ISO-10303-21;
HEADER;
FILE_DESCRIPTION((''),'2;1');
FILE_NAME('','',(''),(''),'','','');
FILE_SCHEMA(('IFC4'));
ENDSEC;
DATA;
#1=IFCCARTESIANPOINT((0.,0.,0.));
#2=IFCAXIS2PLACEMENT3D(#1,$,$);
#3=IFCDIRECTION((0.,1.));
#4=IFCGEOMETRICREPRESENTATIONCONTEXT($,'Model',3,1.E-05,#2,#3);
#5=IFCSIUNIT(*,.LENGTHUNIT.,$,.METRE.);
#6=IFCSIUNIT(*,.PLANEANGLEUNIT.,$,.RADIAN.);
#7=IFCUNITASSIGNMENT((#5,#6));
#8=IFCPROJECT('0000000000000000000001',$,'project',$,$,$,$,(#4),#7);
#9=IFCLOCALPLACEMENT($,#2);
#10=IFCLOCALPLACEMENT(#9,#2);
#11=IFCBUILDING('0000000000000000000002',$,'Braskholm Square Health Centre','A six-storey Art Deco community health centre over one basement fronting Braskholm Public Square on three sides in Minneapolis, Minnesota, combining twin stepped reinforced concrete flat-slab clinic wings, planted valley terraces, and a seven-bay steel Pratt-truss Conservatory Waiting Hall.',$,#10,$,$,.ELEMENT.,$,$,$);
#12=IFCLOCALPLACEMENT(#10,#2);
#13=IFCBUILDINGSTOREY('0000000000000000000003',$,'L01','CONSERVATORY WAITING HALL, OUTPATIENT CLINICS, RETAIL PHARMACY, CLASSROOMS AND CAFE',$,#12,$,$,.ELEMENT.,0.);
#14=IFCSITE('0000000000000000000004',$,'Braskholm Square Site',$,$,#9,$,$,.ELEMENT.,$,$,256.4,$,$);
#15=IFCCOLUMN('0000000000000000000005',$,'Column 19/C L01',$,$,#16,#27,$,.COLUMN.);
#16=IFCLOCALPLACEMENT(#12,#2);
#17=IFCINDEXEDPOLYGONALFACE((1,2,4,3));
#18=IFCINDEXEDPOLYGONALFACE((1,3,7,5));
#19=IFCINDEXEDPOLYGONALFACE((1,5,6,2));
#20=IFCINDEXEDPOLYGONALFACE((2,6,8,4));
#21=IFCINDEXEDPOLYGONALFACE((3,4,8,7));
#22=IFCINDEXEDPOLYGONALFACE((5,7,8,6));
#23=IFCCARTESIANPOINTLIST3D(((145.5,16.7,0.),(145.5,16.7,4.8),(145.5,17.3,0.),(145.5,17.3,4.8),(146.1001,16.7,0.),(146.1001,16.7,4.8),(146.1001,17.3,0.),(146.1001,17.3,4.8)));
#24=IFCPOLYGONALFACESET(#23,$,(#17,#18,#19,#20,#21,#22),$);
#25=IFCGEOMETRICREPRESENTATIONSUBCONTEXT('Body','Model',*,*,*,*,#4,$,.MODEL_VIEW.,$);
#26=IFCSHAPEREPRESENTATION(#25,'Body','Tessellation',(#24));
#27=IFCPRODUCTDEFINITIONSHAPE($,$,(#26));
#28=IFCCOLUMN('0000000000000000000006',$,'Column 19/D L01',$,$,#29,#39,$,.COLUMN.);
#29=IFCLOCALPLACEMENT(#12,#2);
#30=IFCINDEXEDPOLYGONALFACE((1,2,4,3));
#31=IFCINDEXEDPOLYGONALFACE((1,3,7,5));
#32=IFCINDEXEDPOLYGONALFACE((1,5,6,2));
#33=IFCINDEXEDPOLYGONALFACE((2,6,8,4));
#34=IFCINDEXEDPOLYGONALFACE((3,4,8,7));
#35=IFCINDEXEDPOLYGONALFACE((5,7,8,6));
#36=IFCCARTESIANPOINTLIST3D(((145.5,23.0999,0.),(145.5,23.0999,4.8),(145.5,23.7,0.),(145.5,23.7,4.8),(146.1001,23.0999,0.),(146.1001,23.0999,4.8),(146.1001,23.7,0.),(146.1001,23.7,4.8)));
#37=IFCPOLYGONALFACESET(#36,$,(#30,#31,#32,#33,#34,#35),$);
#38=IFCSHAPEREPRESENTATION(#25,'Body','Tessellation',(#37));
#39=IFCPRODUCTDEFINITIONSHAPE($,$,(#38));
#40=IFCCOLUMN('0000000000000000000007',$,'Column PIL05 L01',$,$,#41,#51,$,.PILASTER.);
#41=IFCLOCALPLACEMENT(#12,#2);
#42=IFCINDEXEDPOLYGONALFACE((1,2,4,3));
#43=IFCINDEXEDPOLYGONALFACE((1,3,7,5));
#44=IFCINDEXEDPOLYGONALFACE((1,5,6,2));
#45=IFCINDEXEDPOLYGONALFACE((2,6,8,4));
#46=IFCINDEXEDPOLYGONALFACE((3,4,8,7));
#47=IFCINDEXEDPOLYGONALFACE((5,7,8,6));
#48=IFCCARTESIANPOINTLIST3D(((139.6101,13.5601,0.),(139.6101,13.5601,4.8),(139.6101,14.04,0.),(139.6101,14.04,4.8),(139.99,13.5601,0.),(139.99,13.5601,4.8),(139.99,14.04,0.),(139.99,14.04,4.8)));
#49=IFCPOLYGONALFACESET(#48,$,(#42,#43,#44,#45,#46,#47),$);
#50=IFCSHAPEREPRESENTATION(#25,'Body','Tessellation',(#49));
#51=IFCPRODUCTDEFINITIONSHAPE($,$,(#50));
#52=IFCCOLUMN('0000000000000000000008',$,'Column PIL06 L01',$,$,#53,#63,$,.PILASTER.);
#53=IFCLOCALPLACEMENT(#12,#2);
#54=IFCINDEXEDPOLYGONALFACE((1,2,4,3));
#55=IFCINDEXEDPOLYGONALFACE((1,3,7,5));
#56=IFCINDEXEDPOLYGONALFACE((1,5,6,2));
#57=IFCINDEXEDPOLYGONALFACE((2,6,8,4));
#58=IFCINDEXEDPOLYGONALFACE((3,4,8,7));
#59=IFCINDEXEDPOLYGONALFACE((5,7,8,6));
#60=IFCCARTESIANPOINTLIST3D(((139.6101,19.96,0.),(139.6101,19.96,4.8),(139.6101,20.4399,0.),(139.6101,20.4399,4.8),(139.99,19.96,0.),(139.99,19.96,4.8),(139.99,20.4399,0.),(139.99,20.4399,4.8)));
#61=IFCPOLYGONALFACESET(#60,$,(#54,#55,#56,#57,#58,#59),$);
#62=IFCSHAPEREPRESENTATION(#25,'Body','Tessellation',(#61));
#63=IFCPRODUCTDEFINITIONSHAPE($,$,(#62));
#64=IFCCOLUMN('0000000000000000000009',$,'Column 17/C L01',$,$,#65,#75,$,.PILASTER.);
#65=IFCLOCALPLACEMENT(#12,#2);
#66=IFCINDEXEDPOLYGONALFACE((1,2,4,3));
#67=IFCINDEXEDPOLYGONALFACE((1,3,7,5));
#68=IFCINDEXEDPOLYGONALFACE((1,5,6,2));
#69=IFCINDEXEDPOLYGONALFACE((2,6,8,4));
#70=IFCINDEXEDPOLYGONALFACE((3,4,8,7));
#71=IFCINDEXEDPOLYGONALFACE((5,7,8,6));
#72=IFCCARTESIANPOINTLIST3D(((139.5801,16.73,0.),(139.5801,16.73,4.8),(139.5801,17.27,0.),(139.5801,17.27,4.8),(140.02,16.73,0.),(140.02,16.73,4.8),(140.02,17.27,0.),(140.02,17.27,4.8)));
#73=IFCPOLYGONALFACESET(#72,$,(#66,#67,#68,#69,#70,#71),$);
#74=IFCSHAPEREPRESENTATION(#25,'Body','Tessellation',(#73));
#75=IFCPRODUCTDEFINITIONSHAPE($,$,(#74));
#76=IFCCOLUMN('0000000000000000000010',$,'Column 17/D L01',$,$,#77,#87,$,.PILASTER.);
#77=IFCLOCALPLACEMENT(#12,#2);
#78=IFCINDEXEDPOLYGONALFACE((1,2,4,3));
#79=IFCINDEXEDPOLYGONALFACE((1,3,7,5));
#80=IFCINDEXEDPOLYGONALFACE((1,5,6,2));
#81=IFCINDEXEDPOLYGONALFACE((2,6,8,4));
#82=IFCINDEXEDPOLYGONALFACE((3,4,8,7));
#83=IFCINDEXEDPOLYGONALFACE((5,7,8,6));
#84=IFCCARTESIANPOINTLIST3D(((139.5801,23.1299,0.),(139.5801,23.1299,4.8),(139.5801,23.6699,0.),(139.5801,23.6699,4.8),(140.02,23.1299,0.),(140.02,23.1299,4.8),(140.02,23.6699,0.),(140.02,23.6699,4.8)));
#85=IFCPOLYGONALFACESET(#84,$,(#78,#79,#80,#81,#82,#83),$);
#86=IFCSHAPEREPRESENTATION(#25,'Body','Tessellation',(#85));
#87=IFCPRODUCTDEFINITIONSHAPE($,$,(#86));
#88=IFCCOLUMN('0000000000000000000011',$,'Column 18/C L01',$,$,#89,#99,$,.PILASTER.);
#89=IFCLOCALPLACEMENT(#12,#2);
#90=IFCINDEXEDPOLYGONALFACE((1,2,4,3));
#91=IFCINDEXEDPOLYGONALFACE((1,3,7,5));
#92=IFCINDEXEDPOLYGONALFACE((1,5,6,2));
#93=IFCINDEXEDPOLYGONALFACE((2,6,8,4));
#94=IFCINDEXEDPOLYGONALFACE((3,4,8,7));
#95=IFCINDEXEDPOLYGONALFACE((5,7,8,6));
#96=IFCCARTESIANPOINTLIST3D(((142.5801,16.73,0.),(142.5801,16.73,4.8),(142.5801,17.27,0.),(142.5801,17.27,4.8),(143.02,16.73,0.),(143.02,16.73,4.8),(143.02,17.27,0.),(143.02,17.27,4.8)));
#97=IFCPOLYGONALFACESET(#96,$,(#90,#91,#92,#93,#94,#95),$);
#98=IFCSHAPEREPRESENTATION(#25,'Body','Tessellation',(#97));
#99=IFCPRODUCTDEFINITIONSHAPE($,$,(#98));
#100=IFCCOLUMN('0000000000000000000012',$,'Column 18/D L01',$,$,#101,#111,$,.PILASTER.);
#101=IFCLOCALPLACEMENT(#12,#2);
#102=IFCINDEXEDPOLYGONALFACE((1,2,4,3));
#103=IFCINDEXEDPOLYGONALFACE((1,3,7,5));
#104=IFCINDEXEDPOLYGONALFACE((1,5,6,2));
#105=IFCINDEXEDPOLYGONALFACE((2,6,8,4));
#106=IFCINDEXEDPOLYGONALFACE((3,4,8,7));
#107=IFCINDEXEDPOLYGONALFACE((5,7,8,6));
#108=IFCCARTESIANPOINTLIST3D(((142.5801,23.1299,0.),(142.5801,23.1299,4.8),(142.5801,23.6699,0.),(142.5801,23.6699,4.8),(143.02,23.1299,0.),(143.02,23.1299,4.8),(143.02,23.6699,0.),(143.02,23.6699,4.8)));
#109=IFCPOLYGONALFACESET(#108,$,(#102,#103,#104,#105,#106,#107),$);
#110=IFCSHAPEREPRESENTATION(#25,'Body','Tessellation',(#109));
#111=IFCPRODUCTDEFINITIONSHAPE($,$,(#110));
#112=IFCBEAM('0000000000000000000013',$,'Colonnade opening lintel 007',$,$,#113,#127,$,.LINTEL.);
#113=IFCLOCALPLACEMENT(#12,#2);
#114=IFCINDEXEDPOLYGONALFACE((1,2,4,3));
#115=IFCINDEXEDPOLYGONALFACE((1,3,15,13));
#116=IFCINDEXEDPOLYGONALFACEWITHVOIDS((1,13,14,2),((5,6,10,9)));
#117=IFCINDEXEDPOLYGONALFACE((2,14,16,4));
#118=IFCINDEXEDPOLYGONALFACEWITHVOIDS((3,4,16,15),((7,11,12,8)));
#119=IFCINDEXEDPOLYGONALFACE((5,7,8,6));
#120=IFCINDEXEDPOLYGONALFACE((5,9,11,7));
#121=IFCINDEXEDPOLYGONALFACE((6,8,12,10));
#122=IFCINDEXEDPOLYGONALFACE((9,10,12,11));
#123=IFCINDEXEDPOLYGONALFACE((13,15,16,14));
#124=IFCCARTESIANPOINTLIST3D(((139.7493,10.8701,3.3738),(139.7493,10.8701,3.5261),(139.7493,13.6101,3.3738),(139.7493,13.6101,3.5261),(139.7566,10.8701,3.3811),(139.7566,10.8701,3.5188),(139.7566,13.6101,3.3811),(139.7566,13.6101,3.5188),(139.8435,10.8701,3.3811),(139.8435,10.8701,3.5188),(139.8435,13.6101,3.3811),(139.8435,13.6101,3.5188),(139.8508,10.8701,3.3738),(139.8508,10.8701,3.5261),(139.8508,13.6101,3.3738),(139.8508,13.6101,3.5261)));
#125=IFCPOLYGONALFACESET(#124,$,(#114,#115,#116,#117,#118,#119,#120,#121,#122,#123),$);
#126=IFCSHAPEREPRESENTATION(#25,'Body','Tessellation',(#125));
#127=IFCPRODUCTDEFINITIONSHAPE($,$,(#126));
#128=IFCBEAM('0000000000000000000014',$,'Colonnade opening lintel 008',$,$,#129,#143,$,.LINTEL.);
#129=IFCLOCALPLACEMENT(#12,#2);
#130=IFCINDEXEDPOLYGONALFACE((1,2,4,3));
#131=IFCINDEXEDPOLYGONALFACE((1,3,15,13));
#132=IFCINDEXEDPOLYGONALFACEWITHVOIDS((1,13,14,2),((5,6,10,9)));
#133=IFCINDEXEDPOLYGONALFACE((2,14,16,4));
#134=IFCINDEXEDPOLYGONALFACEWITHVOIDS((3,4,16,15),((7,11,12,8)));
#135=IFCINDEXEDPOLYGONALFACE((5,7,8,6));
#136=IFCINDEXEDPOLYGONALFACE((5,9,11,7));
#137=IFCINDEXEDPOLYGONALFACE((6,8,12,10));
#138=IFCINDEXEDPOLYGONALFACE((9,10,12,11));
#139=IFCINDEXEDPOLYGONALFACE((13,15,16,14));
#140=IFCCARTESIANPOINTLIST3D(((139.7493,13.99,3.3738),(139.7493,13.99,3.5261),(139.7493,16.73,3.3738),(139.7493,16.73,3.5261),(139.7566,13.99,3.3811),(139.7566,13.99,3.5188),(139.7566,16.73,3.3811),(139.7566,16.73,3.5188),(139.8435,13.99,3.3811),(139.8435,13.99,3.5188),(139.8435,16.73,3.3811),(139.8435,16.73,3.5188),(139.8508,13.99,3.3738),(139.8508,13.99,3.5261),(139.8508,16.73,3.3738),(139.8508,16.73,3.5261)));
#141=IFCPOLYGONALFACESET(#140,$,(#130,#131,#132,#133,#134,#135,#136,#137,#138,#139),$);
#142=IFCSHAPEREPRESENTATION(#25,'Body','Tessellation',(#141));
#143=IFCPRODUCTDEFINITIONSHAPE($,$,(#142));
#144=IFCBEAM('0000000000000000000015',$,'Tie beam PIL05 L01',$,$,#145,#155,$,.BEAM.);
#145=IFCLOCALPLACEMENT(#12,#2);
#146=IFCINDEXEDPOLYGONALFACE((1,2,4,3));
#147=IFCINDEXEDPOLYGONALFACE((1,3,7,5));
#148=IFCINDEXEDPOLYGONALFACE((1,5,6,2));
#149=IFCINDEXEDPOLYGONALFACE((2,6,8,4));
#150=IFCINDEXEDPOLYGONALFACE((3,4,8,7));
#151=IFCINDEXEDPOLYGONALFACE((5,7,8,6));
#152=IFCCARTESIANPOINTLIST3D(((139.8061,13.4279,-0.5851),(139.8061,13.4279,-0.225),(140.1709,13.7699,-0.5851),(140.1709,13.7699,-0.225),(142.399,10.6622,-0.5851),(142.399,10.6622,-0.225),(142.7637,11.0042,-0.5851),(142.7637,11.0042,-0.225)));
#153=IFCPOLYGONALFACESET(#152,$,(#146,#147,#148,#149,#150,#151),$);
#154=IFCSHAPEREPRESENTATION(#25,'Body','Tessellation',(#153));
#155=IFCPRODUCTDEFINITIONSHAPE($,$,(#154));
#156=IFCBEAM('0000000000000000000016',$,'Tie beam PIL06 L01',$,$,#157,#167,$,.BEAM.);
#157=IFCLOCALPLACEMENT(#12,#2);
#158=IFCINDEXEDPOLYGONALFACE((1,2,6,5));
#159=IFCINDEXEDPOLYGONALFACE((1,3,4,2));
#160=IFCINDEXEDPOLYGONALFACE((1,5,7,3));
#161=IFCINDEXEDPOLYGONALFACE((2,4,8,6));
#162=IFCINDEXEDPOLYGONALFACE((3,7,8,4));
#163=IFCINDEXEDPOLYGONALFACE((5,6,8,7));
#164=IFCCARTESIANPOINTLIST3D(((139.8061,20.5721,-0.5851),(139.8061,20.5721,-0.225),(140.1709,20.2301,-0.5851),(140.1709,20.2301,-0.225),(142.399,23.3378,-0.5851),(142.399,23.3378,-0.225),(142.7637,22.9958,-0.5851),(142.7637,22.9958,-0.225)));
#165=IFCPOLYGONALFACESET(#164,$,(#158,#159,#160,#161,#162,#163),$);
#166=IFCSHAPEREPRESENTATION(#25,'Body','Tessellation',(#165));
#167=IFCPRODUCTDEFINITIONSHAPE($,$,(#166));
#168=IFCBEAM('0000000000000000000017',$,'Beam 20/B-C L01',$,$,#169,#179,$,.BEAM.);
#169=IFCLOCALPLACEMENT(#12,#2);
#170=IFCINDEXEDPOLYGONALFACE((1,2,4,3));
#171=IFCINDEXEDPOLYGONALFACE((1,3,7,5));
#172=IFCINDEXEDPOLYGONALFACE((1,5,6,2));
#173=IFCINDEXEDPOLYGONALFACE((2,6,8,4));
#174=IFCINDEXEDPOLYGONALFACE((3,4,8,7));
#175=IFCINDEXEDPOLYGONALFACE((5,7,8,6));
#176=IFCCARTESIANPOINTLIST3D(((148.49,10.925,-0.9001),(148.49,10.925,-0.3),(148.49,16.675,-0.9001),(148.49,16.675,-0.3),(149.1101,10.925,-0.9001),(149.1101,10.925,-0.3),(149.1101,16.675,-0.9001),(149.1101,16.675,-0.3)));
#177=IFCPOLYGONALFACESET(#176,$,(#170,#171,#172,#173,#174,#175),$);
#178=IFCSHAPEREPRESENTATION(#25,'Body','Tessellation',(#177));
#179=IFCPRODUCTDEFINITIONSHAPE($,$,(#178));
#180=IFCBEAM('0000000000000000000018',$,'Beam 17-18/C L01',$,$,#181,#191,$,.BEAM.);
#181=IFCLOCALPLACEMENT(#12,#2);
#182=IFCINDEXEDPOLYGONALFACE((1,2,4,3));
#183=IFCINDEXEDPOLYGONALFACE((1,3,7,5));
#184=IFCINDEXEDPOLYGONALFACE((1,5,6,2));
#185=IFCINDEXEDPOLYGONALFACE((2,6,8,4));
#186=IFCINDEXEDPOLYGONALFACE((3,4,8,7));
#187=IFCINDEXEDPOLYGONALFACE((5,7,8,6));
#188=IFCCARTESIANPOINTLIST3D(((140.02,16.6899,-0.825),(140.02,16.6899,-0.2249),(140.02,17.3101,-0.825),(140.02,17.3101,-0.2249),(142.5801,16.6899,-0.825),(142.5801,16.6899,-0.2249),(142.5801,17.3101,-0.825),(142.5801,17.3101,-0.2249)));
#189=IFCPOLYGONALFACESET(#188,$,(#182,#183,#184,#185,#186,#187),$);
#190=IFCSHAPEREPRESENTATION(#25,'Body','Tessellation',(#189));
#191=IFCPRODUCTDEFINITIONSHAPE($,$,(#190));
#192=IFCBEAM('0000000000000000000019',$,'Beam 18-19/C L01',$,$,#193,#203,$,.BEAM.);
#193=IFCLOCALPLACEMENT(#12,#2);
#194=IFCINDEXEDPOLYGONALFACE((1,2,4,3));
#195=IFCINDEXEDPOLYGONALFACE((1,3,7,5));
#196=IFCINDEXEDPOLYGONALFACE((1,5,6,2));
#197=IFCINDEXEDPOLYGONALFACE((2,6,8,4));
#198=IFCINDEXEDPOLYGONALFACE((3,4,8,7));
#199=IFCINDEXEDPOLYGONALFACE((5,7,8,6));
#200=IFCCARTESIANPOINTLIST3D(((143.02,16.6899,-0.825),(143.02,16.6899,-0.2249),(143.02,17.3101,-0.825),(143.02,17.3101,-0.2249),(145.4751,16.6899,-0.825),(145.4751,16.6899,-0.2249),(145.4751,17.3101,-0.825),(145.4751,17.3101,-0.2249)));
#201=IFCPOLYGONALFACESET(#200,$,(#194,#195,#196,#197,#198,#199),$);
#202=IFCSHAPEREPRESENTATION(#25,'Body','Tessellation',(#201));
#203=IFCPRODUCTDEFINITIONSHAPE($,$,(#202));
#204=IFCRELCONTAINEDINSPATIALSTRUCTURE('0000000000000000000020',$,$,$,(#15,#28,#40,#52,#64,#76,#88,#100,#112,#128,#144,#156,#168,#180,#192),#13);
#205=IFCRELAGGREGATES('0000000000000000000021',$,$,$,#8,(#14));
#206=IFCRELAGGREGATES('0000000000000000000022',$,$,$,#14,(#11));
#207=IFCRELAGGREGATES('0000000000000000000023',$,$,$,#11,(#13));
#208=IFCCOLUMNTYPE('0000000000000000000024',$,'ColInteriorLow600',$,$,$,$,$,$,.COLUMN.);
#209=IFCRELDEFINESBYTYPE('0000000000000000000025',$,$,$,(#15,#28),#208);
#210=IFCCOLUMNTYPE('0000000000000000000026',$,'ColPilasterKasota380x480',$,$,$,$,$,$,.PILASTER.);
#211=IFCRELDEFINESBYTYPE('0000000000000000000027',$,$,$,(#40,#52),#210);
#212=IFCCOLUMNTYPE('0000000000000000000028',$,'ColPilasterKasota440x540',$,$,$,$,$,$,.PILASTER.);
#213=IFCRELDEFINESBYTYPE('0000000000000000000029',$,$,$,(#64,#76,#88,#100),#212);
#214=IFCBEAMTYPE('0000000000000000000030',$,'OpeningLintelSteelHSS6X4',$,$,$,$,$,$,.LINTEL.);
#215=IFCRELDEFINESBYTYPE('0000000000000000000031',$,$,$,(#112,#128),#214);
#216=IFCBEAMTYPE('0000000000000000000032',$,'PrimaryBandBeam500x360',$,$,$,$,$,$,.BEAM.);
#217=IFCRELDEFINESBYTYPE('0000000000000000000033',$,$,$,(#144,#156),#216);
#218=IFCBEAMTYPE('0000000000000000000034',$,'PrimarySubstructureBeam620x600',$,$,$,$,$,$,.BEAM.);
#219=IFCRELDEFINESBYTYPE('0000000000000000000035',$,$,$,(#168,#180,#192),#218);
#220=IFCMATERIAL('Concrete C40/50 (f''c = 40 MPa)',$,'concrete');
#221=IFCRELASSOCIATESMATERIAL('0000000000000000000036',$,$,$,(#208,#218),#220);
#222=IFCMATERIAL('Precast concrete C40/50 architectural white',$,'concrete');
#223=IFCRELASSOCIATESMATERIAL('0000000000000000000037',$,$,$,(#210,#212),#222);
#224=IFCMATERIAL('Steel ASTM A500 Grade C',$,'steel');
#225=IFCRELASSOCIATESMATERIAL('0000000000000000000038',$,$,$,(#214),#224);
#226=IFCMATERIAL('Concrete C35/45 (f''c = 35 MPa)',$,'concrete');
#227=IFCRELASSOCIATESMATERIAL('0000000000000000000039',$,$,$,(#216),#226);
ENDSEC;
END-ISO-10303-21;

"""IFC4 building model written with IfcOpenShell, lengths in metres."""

from ifc_helpers import new_model, si_unit, direction, frame, origin, origin_2d, place, context, subcontext, project, spatial, rectangle, hollow_rectangle, extrude, material, material_profile, profile_set, type_object, element, save


model = new_model("IFC4")

# Units and contexts
model_context = context("Model", 3, precision=1e-05, world=origin(), true_north=direction((0.0, 1.0)))
body_context = subcontext(model_context, "Body", "Model", "MODEL_VIEW")
ifc_project = project(units=[si_unit("LENGTHUNIT", "METRE"), si_unit("PLANEANGLEUNIT", "RADIAN")], contexts=[model_context])

# Site, building, storey
site_placement = place(None, origin())
site = spatial("IfcSite", under=ifc_project, at=site_placement, Name="Braskholm Square Site", CompositionType="ELEMENT", RefElevation=256.4)
building_placement = place(site_placement, origin())
building = spatial("IfcBuilding", under=site, at=building_placement, Name="Braskholm Square Health Centre", Description="A six-storey Art Deco community health centre over one basement fronting Braskholm Public Square on three sides in Minneapolis, Minnesota, combining twin stepped reinforced concrete flat-slab clinic wings, planted valley terraces, and a seven-bay steel Pratt-truss Conservatory Waiting Hall.", CompositionType="ELEMENT")
storey_placement = place(building_placement, origin())
storey = spatial("IfcBuildingStorey", under=building, at=storey_placement, Name="L01", Description="CONSERVATORY WAITING HALL, OUTPATIENT CLINICS, RETAIL PHARMACY, CLASSROOMS AND CAFE", CompositionType="ELEMENT", Elevation=0.0)

# Columns
ifc_material_1 = material(Name="Concrete C40/50 (f'c = 40 MPa)", Category="concrete")
ifc_material_profile_1 = material_profile(ifc_material_1, rectangle(XDim=0.6001, YDim=0.6001, at=origin_2d()), Name="RC-600X600")
ifc_profile_set_1 = profile_set([ifc_material_profile_1], Name="Concrete C40/50 (f'c = 40 MPa)")
column_type_1 = type_object("IfcColumnType", Name="ColInteriorLow600", PredefinedType="COLUMN", material=ifc_profile_set_1)
for number, where, z_axis, x_axis, name in (
    (1, (145.8, 17.0, 0.0), (0.0, 0.0, 1.0), (1.0, 0.0, 0.0), "Column 19/C L01"),
    (2, (145.8, 23.3999, 0.0), (0.0, 0.0, 1.0), (1.0, 0.0, 0.0), "Column 19/D L01"),
):
    element("IfcColumn", number, at=place(storey_placement, frame(where, z_axis=z_axis, x_axis=x_axis)), inside=storey, type_object=column_type_1, Name=name, PredefinedType="COLUMN", context=body_context, shape_type="SweptSolid", body=[
        extrude(rectangle(XDim=0.6001, YDim=0.6001, at=origin_2d()), origin(), (0.0, 0.0, 1.0), 4.8),
    ])
ifc_material_2 = material(Name="Precast concrete C40/50 architectural white", Category="concrete")
ifc_material_profile_2 = material_profile(ifc_material_2, rectangle(XDim=0.3799, YDim=0.48, at=origin_2d()), Name="RC-380X480")
ifc_profile_set_2 = profile_set([ifc_material_profile_2], Name="Precast concrete C40/50 architectural white")
column_type_2 = type_object("IfcColumnType", Name="ColPilasterKasota380x480", PredefinedType="PILASTER", material=ifc_profile_set_2)
for number, where, z_axis, x_axis, name in (
    (3, (139.8, 13.8, 0.0), (0.0, 0.0, 1.0), (1.0, 0.0, 0.0), "Column PIL05 L01"),
    (4, (139.8, 20.2, 0.0), (0.0, 0.0, 1.0), (1.0, 0.0, 0.0), "Column PIL06 L01"),
):
    element("IfcColumn", number, at=place(storey_placement, frame(where, z_axis=z_axis, x_axis=x_axis)), inside=storey, type_object=column_type_2, Name=name, PredefinedType="PILASTER", context=body_context, shape_type="SweptSolid", body=[
        extrude(rectangle(XDim=0.3799, YDim=0.48, at=origin_2d()), origin(), (0.0, 0.0, 1.0), 4.8),
    ])
ifc_material_profile_3 = material_profile(ifc_material_2, rectangle(XDim=0.4399, YDim=0.54, at=origin_2d()), Name="RC-440X540")
ifc_profile_set_3 = profile_set([ifc_material_profile_3], Name="Precast concrete C40/50 architectural white")
column_type_3 = type_object("IfcColumnType", Name="ColPilasterKasota440x540", PredefinedType="PILASTER", material=ifc_profile_set_3)
for number, where, z_axis, x_axis, name in (
    (5, (139.8, 17.0, 0.0), (0.0, 0.0, 1.0), (1.0, 0.0, 0.0), "Column 17/C L01"),
    (6, (139.8, 23.3999, 0.0), (0.0, 0.0, 1.0), (1.0, 0.0, 0.0), "Column 17/D L01"),
    (7, (142.8, 17.0, 0.0), (0.0, 0.0, 1.0), (1.0, 0.0, 0.0), "Column 18/C L01"),
    (8, (142.8, 23.3999, 0.0), (0.0, 0.0, 1.0), (1.0, 0.0, 0.0), "Column 18/D L01"),
):
    element("IfcColumn", number, at=place(storey_placement, frame(where, z_axis=z_axis, x_axis=x_axis)), inside=storey, type_object=column_type_3, Name=name, PredefinedType="PILASTER", context=body_context, shape_type="SweptSolid", body=[
        extrude(rectangle(XDim=0.4399, YDim=0.54, at=origin_2d()), origin(), (0.0, 0.0, 1.0), 4.8),
    ])

# Beams
ifc_material_3 = material(Name="Steel ASTM A500 Grade C", Category="steel")
ifc_material_profile_4 = material_profile(ifc_material_3, hollow_rectangle(XDim=0.1016, YDim=0.1523, WallThickness=0.0073, at=origin_2d()), Name="HSS6X4X5/16")
ifc_profile_set_4 = profile_set([ifc_material_profile_4], Name="Steel ASTM A500 Grade C")
beam_type_1 = type_object("IfcBeamType", Name="OpeningLintelSteelHSS6X4", PredefinedType="LINTEL", material=ifc_profile_set_4)
for number, where, z_axis, x_axis, name in (
    (9, (139.8, 10.8701, 3.45), (0.0, 1.0, 0.0), (-1.0, 0.0, 0.0), "Colonnade opening lintel 007"),
    (10, (139.8, 13.99, 3.45), (0.0, 1.0, 0.0), (-1.0, 0.0, 0.0), "Colonnade opening lintel 008"),
):
    element("IfcBeam", number, at=place(storey_placement, frame(where, z_axis=z_axis, x_axis=x_axis)), inside=storey, type_object=beam_type_1, Name=name, PredefinedType="LINTEL", context=body_context, shape_type="SweptSolid", body=[
        extrude(hollow_rectangle(XDim=0.1016, YDim=0.1523, WallThickness=0.0073, at=origin_2d()), origin(), (0.0, 0.0, 1.0), 2.74),
    ])
ifc_material_4 = material(Name="Concrete C35/45 (f'c = 35 MPa)", Category="concrete")
ifc_material_profile_5 = material_profile(ifc_material_4, rectangle(XDim=0.5, YDim=0.3601, at=origin_2d()), Name="RCB-500X360")
ifc_profile_set_5 = profile_set([ifc_material_profile_5], Name="Concrete C35/45 (f'c = 35 MPa)")
beam_type_2 = type_object("IfcBeamType", Name="PrimaryBandBeam500x360", PredefinedType="BEAM", material=ifc_profile_set_5)
for number, where, z_axis, x_axis, name in (
    (11, (139.9885, 13.5989, -0.405), (0.683941, -0.729537, 0.0), (0.729537, 0.683941, 0.0), "Tie beam PIL05 L01"),
    (12, (139.9885, 20.4011, -0.405), (0.683941, 0.729537, 0.0), (-0.729537, 0.683941, 0.0), "Tie beam PIL06 L01"),
):
    element("IfcBeam", number, at=place(storey_placement, frame(where, z_axis=z_axis, x_axis=x_axis)), inside=storey, type_object=beam_type_2, Name=name, PredefinedType="BEAM", context=body_context, shape_type="SweptSolid", body=[
        extrude(rectangle(XDim=0.5, YDim=0.3601, at=origin_2d()), origin(), (0.0, 0.0, 1.0), 3.791),
    ])
ifc_material_profile_6 = material_profile(ifc_material_1, rectangle(XDim=0.6201, YDim=0.6001, at=origin_2d()), Name="RCB-620X600")
ifc_profile_set_6 = profile_set([ifc_material_profile_6], Name="Concrete C40/50 (f'c = 40 MPa)")
beam_type_3 = type_object("IfcBeamType", Name="PrimarySubstructureBeam620x600", PredefinedType="BEAM", material=ifc_profile_set_6)
beam_1_placement = place(storey_placement, frame((148.8, 10.925, -0.6001), z_axis=(0.0, 1.0, 0.0), x_axis=(-1.0, 0.0, 0.0)))
element("IfcBeam", 13, at=beam_1_placement, inside=storey, type_object=beam_type_3, Name="Beam 20/B-C L01", PredefinedType="BEAM", context=body_context, shape_type="SweptSolid", body=[
    extrude(rectangle(XDim=0.6201, YDim=0.6001, at=origin_2d()), origin(), (0.0, 0.0, 1.0), 5.75),
])
beam_2_placement = place(storey_placement, frame((140.02, 17.0, -0.5249), z_axis=(1.0, 0.0, 0.0), x_axis=(0.0, 1.0, 0.0)))
element("IfcBeam", 14, at=beam_2_placement, inside=storey, type_object=beam_type_3, Name="Beam 17-18/C L01", PredefinedType="BEAM", context=body_context, shape_type="SweptSolid", body=[
    extrude(rectangle(XDim=0.6201, YDim=0.6001, at=origin_2d()), origin(), (0.0, 0.0, 1.0), 2.5601),
])
beam_3_placement = place(storey_placement, frame((143.02, 17.0, -0.5249), z_axis=(1.0, 0.0, 0.0), x_axis=(0.0, 1.0, 0.0)))
element("IfcBeam", 15, at=beam_3_placement, inside=storey, type_object=beam_type_3, Name="Beam 18-19/C L01", PredefinedType="BEAM", context=body_context, shape_type="SweptSolid", body=[
    extrude(rectangle(XDim=0.6201, YDim=0.6001, at=origin_2d()), origin(), (0.0, 0.0, 1.0), 2.4551),
])

save(model, "model.ifc")
